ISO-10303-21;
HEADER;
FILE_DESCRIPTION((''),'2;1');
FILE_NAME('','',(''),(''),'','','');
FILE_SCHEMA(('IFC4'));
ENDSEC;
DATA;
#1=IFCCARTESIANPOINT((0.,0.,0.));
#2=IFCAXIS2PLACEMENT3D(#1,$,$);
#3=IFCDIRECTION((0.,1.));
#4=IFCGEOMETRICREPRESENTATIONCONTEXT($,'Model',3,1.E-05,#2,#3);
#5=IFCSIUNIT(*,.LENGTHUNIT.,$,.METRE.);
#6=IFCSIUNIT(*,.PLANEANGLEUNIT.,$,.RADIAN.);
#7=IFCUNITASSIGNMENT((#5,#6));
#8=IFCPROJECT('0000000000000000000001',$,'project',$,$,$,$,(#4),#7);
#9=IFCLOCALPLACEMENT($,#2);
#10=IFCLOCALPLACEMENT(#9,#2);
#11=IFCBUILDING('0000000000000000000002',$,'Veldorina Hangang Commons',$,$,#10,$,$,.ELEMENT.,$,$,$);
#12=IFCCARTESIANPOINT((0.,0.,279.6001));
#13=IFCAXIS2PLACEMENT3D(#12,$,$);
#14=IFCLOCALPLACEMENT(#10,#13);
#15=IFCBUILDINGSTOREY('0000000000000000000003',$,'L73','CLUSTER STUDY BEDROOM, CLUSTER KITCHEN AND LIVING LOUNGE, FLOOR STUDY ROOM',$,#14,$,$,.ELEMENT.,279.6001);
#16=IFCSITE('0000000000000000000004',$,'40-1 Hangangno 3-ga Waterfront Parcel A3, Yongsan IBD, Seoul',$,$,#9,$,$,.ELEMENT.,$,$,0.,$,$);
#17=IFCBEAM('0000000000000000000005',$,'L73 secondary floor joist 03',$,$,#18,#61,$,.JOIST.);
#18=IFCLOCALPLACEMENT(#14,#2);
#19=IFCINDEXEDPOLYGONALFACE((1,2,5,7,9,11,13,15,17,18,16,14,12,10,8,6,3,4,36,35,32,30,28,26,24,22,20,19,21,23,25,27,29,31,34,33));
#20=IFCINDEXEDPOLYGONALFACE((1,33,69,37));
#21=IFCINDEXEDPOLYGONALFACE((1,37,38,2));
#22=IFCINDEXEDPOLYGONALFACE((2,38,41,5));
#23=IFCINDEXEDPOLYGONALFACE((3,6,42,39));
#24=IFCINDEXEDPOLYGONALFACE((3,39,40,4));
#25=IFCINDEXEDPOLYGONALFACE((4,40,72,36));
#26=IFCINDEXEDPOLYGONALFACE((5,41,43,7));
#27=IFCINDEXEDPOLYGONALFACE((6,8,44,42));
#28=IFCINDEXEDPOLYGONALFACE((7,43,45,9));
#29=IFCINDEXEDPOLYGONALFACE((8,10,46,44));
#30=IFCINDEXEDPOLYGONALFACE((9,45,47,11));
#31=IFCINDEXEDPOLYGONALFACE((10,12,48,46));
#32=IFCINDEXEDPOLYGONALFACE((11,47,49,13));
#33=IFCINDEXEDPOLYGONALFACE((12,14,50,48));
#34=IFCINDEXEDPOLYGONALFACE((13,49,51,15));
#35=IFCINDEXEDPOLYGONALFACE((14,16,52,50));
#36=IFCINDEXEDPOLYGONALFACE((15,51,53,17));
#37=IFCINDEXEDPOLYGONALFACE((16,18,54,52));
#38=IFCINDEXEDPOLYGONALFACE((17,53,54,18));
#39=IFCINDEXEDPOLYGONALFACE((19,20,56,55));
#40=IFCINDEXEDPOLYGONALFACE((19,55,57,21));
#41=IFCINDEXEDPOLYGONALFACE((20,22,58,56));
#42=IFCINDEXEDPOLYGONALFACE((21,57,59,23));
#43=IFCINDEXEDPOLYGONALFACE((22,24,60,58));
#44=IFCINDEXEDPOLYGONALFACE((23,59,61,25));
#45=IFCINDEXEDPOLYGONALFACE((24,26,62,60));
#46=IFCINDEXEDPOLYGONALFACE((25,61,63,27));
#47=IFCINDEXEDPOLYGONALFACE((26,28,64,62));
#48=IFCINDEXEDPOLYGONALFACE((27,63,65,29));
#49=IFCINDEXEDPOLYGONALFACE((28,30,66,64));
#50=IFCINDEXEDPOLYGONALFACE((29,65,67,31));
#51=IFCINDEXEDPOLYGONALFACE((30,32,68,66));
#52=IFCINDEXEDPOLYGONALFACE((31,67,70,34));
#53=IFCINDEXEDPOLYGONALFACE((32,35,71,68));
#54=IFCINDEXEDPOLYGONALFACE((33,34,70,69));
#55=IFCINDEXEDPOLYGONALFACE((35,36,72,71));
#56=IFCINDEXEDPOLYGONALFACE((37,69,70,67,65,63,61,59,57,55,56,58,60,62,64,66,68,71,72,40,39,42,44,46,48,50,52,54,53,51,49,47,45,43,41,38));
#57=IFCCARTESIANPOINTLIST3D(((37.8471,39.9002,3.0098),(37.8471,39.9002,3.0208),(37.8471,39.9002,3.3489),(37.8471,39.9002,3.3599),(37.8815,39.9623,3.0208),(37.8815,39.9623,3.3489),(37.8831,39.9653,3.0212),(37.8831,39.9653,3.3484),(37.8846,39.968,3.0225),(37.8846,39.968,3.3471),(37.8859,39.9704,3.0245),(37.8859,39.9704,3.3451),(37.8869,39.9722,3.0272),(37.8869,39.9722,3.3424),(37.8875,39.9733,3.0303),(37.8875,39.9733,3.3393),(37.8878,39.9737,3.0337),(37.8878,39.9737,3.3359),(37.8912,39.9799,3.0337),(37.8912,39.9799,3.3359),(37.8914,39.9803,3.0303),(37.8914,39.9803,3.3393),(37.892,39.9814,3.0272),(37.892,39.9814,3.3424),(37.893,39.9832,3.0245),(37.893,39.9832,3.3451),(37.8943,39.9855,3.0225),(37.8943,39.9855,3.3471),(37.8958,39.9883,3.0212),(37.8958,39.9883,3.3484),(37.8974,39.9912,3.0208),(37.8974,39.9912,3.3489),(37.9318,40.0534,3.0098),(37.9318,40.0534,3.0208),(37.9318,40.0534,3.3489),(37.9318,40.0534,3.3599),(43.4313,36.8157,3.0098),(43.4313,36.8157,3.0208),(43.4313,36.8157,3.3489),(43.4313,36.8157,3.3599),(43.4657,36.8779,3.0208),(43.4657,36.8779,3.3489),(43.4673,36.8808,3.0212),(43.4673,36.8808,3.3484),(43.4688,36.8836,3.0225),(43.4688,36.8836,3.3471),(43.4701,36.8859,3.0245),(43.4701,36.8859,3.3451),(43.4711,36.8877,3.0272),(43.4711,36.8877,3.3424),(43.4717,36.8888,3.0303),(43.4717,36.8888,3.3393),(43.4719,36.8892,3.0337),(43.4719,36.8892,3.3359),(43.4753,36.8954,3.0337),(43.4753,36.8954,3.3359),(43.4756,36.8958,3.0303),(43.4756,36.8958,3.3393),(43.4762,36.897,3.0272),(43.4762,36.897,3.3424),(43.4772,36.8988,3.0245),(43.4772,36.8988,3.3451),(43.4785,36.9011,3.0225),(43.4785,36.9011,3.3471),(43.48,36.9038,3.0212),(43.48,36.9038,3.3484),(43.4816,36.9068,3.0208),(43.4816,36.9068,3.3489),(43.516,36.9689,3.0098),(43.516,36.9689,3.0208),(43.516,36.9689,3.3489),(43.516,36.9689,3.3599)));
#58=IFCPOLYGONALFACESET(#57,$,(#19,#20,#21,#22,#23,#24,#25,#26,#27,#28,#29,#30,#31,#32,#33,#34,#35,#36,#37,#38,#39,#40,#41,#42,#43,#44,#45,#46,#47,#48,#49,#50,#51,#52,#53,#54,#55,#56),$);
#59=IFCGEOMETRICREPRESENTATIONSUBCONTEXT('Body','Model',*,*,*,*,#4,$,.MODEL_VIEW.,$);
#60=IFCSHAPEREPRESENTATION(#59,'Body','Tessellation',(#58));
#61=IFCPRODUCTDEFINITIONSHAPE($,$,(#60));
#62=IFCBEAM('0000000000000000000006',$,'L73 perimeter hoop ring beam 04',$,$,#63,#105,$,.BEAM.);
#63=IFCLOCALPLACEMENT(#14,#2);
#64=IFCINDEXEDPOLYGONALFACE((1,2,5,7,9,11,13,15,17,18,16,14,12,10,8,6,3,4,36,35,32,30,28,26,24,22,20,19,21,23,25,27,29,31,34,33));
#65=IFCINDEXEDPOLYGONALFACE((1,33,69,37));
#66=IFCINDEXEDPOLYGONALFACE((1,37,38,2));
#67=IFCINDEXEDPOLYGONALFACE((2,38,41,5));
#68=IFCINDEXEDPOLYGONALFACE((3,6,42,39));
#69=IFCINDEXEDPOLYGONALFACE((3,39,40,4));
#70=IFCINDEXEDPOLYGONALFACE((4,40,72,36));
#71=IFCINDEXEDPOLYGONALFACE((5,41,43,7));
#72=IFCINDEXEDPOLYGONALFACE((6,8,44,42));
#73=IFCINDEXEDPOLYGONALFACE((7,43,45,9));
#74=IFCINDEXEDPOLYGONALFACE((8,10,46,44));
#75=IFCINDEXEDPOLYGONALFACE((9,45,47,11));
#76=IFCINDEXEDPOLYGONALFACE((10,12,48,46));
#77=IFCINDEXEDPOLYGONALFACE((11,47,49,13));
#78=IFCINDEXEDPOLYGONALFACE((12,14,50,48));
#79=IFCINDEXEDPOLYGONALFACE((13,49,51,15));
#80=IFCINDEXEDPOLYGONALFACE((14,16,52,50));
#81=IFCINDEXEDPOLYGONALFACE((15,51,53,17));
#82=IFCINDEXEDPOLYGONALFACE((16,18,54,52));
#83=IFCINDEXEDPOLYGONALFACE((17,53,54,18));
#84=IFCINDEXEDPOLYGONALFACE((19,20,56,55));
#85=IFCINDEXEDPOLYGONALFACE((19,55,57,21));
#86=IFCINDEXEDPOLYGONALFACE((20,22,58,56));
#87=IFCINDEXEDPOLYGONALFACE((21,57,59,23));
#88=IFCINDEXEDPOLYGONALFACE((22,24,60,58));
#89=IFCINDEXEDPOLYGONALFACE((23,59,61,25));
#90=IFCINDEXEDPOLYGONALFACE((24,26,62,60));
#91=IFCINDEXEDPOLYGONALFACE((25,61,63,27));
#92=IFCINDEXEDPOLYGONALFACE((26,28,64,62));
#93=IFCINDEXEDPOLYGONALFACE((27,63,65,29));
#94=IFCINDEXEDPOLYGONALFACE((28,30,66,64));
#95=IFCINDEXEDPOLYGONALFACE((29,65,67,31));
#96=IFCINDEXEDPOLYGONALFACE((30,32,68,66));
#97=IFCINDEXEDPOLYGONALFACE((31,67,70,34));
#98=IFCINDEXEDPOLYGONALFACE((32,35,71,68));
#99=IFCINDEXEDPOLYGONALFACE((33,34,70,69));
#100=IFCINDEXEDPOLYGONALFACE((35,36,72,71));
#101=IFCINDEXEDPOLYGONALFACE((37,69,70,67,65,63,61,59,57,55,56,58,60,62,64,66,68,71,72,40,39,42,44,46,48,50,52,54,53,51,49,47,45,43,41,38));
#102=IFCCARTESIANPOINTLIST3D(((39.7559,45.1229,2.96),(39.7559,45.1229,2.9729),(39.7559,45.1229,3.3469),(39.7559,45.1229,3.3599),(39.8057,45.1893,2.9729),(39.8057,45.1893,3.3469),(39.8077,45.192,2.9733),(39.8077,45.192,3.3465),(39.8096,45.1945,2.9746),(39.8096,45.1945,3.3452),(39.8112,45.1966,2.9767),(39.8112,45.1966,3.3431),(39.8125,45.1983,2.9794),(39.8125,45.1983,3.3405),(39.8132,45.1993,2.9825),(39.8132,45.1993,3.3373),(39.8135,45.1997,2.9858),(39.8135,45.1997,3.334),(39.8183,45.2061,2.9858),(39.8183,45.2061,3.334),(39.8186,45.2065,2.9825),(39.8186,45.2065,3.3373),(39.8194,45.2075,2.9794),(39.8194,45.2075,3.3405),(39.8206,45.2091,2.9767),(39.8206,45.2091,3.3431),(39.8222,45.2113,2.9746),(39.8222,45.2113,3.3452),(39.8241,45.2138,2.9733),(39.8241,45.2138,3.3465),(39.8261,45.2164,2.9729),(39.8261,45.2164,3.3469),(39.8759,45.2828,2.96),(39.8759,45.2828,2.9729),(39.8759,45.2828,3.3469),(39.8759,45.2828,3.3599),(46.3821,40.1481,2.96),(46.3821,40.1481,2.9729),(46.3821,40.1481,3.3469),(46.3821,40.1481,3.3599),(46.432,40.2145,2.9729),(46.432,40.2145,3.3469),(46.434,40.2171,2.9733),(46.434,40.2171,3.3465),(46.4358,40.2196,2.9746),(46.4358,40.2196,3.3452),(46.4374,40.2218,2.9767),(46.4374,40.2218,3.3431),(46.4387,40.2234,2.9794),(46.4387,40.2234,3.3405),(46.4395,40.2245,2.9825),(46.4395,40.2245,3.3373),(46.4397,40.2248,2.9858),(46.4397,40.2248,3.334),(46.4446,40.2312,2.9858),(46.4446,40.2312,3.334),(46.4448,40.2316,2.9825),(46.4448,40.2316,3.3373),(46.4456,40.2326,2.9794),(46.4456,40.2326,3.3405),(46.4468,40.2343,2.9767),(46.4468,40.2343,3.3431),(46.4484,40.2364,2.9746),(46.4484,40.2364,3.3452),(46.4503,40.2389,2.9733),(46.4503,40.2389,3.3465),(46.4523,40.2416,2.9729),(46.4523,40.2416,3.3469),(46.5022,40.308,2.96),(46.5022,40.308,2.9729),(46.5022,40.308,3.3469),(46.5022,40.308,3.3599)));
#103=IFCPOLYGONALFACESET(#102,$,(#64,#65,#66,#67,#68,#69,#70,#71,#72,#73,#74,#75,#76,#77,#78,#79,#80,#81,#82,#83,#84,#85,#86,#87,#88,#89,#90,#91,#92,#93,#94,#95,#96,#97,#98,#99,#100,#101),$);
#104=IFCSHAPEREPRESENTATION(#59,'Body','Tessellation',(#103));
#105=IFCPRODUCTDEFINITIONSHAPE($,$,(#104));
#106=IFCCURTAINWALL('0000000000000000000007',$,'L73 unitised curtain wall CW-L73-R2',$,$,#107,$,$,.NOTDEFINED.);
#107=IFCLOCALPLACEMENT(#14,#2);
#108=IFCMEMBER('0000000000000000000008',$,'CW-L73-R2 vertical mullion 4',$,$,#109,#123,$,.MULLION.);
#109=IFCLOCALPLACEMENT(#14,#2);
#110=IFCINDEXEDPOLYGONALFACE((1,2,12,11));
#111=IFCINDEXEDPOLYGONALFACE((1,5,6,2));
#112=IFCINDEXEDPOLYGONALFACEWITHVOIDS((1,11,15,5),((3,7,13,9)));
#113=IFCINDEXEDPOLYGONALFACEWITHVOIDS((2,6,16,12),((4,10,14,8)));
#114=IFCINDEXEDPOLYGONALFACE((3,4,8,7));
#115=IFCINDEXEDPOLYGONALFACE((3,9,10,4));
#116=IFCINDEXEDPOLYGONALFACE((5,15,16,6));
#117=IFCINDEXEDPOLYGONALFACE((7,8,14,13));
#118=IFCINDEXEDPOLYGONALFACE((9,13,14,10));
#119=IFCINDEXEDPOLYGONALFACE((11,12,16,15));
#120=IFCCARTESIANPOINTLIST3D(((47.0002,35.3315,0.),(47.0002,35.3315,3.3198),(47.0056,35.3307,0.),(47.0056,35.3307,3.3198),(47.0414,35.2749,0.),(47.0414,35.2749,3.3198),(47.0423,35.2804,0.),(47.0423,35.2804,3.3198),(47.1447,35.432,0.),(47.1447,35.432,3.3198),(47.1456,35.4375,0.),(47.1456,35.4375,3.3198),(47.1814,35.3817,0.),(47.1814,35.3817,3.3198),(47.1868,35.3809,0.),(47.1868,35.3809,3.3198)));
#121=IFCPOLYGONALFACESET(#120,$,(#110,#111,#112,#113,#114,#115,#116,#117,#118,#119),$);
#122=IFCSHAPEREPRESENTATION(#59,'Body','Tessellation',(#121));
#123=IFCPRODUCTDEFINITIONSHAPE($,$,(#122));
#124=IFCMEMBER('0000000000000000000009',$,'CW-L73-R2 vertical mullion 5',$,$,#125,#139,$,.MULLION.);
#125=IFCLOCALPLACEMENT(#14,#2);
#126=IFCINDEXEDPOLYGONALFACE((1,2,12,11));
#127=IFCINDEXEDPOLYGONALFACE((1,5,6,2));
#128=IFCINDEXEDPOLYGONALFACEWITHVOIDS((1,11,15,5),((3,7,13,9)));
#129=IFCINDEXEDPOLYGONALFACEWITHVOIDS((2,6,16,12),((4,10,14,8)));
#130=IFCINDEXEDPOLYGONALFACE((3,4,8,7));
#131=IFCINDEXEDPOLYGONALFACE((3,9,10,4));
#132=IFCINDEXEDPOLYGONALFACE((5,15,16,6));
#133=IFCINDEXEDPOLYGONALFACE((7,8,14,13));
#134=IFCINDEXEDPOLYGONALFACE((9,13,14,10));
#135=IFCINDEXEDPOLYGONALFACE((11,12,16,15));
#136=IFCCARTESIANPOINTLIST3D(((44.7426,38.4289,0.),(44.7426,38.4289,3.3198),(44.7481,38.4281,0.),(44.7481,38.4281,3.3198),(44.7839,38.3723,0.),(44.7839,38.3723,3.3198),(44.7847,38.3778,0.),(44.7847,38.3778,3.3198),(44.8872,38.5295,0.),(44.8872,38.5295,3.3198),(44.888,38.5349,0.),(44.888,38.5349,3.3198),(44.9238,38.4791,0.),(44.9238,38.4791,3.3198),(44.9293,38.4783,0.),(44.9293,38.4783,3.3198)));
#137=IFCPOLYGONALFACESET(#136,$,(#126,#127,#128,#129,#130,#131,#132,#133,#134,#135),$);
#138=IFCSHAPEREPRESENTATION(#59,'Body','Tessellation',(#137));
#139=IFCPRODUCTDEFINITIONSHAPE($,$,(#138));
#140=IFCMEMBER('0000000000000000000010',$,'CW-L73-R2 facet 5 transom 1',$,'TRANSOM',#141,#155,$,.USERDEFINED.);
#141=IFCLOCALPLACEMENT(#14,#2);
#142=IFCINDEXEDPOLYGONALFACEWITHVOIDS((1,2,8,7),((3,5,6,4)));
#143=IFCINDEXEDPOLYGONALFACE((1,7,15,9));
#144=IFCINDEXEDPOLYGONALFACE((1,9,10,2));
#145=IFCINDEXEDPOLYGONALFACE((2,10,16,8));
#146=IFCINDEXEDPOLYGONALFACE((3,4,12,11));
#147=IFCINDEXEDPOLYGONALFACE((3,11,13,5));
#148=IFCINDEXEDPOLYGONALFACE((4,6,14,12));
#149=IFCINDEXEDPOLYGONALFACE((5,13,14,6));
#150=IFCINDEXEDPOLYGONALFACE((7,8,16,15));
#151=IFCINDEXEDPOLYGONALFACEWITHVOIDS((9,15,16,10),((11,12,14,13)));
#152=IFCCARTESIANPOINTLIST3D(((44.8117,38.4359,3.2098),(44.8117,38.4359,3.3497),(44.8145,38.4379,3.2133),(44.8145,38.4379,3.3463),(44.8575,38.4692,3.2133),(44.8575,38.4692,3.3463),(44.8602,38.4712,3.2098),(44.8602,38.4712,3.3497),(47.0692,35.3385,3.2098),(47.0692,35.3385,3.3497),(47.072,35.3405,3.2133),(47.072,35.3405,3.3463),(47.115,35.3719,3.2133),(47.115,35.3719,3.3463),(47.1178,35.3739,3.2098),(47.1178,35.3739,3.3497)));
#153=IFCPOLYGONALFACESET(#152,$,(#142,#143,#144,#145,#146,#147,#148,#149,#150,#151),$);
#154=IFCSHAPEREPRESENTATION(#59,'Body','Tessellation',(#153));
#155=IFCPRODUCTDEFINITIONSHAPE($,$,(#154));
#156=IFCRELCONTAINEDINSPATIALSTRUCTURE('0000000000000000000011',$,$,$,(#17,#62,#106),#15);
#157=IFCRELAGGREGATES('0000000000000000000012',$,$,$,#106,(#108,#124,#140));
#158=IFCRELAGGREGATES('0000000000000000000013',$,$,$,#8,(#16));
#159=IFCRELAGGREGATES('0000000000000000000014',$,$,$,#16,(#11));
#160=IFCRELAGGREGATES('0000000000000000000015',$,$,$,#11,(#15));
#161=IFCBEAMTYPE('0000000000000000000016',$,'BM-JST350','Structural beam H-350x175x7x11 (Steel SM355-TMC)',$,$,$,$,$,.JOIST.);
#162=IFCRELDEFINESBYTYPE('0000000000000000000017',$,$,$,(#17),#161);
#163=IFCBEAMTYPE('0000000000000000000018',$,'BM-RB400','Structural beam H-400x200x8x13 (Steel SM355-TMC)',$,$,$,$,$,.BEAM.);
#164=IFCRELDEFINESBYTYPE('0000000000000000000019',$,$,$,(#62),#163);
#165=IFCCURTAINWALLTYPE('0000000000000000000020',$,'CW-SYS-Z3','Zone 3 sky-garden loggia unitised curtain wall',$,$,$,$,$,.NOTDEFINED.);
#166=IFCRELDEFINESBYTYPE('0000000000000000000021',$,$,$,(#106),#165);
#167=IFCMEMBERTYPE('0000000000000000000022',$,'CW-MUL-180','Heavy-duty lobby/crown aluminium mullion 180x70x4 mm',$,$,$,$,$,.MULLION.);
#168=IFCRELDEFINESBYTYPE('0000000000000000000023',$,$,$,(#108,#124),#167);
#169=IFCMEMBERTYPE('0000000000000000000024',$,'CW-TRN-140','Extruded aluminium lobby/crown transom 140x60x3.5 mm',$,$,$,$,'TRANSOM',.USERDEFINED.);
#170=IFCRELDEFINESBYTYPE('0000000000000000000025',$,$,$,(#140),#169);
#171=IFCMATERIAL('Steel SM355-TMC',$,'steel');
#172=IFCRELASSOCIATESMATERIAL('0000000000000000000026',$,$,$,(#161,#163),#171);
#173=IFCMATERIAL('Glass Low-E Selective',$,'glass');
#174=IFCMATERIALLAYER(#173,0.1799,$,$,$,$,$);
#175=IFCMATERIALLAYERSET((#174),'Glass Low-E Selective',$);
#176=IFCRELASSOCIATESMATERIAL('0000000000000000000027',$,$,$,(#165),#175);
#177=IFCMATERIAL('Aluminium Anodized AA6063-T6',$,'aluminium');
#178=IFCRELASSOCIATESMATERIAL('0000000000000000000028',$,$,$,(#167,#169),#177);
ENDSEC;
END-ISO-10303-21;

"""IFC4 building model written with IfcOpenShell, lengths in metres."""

from ifc_helpers import new_model, si_unit, direction, frame, origin, origin_2d, place, context, subcontext, project, spatial, hollow_rectangle, i_section, extrude, material, layer, layer_set, material_profile, profile_set, type_object, element, aggregate, save


model = new_model("IFC4")

# Units and contexts
model_context = context("Model", 3, precision=1e-05, world=origin(), true_north=direction((0.0, 1.0)))
body_context = subcontext(model_context, "Body", "Model", "MODEL_VIEW")
ifc_project = project(units=[si_unit("LENGTHUNIT", "METRE"), si_unit("PLANEANGLEUNIT", "RADIAN")], contexts=[model_context])

# Site, building, storey
site_placement = place(None, origin())
site = spatial("IfcSite", under=ifc_project, at=site_placement, Name="40-1 Hangangno 3-ga Waterfront Parcel A3, Yongsan IBD, Seoul", CompositionType="ELEMENT", RefElevation=0.0)
building_placement = place(site_placement, origin())
building = spatial("IfcBuilding", under=site, at=building_placement, Name="Veldorina Hangang Commons", CompositionType="ELEMENT")
storey_placement = place(building_placement, frame((0.0, 0.0, 279.6001)))
storey = spatial("IfcBuildingStorey", under=building, at=storey_placement, Name="L73", Description="CLUSTER STUDY BEDROOM, CLUSTER KITCHEN AND LIVING LOUNGE, FLOOR STUDY ROOM", CompositionType="ELEMENT", Elevation=279.6001)

# Beams
ifc_material_1 = material(Name="Steel SM355-TMC", Category="steel")
ifc_material_profile_1 = material_profile(ifc_material_1, i_section(OverallWidth=0.175, OverallDepth=0.3501, WebThickness=0.0071, FlangeThickness=0.011, FilletRadius=0.0129, at=origin_2d()), Name="H-350x175x7x11")
ifc_profile_set_1 = profile_set([ifc_material_profile_1], Name="Steel SM355-TMC")
beam_type_1 = type_object("IfcBeamType", Name="BM-JST350", Description="Structural beam H-350x175x7x11 (Steel SM355-TMC)", PredefinedType="JOIST", material=ifc_profile_set_1)
beam_1_placement = place(storey_placement, frame((43.4736, 36.8923, 3.1848), z_axis=(-0.875344, 0.4835, 0.0), x_axis=(-0.4835, -0.875344, 0.0)))
element("IfcBeam", 1, at=beam_1_placement, inside=storey, type_object=beam_type_1, Name="L73 secondary floor joist 03", PredefinedType="JOIST", context=body_context, shape_type="SweptSolid", body=[
    extrude(i_section(OverallWidth=0.175, OverallDepth=0.3501, WebThickness=0.0071, FlangeThickness=0.011, FilletRadius=0.0129, at=origin_2d()), origin(), (0.0, 0.0, 1.0), 6.3794),
])
ifc_material_profile_2 = material_profile(ifc_material_1, i_section(OverallWidth=0.2, OverallDepth=0.3999, WebThickness=0.0081, FlangeThickness=0.0129, FilletRadius=0.0129, at=origin_2d()), Name="H-400x200x8x13")
ifc_profile_set_2 = profile_set([ifc_material_profile_2], Name="Steel SM355-TMC")
beam_type_2 = type_object("IfcBeamType", Name="BM-RB400", Description="Structural beam H-400x200x8x13 (Steel SM355-TMC)", PredefinedType="BEAM", material=ifc_profile_set_2)
beam_2_placement = place(storey_placement, frame((46.4421, 40.228, 3.1599), z_axis=(-0.799699, 0.600401, 0.0), x_axis=(-0.600401, -0.799699, 0.0)))
element("IfcBeam", 2, at=beam_2_placement, inside=storey, type_object=beam_type_2, Name="L73 perimeter hoop ring beam 04", PredefinedType="BEAM", context=body_context, shape_type="SweptSolid", body=[
    extrude(i_section(OverallWidth=0.2, OverallDepth=0.3999, WebThickness=0.0081, FlangeThickness=0.0129, FilletRadius=0.0129, at=origin_2d()), origin(), (0.0, 0.0, 1.0), 8.2859),
])

# Curtain wall, members
ifc_material_2 = material(Name="Glass Low-E Selective", Category="glass")
ifc_layer_1 = layer(ifc_material_2, 0.1799)
ifc_layer_set_1 = layer_set([ifc_layer_1], Name="Glass Low-E Selective")
curtain_wall_type = type_object("IfcCurtainWallType", Name="CW-SYS-Z3", Description="Zone 3 sky-garden loggia unitised curtain wall", PredefinedType="NOTDEFINED", material=ifc_layer_set_1)
curtain_wall_placement = place(storey_placement, origin())
curtain_wall = element("IfcCurtainWall", 3, at=curtain_wall_placement, inside=storey, type_object=curtain_wall_type, Name="L73 unitised curtain wall CW-L73-R2", PredefinedType="NOTDEFINED")
ifc_material_3 = material(Name="Aluminium Anodized AA6063-T6", Category="aluminium")
ifc_material_profile_3 = material_profile(ifc_material_3, hollow_rectangle(XDim=0.0701, YDim=0.1799, WallThickness=0.0039, at=origin_2d()), Name="ALU-RHS-180x70x4")
ifc_profile_set_3 = profile_set([ifc_material_profile_3], Name="Aluminium Anodized AA6063-T6")
member_type_1 = type_object("IfcMemberType", Name="CW-MUL-180", Description="Heavy-duty lobby/crown aluminium mullion 180x70x4 mm", PredefinedType="MULLION", material=ifc_profile_set_3)
member_1_placement = place(storey_placement, frame((47.0935, 35.3562, 0.0), z_axis=(0.0, 0.0, 1.0), x_axis=(-0.588985, 0.808144, 0.0)))
member_1 = element("IfcMember", 4, at=member_1_placement, type_object=member_type_1, Name="CW-L73-R2 vertical mullion 4", PredefinedType="MULLION", context=body_context, shape_type="SweptSolid", body=[
    extrude(hollow_rectangle(XDim=0.0701, YDim=0.1799, WallThickness=0.0039, at=origin_2d()), origin(), (0.0, 0.0, 1.0), 3.3198),
])
member_2_placement = place(storey_placement, frame((44.8359, 38.4536, 0.0), z_axis=(0.0, 0.0, 1.0), x_axis=(0.588985, -0.808144, 0.0)))
member_2 = element("IfcMember", 5, at=member_2_placement, type_object=member_type_1, Name="CW-L73-R2 vertical mullion 5", PredefinedType="MULLION", context=body_context, shape_type="SweptSolid", body=[
    extrude(hollow_rectangle(XDim=0.0701, YDim=0.1799, WallThickness=0.0039, at=origin_2d()), origin(), (0.0, 0.0, 1.0), 3.3198),
])
ifc_material_profile_4 = material_profile(ifc_material_3, hollow_rectangle(XDim=0.0601, YDim=0.1399, WallThickness=0.0034, at=origin_2d()), Name="ALU-RHS-140x60x3.5")
ifc_profile_set_4 = profile_set([ifc_material_profile_4], Name="Aluminium Anodized AA6063-T6")
member_type_2 = type_object("IfcMemberType", Name="CW-TRN-140", Description="Extruded aluminium lobby/crown transom 140x60x3.5 mm", ElementType="TRANSOM", PredefinedType="USERDEFINED", material=ifc_profile_set_4)
member_3_placement = place(storey_placement, frame((47.0935, 35.3562, 3.2798), z_axis=(-0.589008, 0.808127, 0.0), x_axis=(-0.808127, -0.589008, 0.0)))
member_3 = element("IfcMember", 6, at=member_3_placement, type_object=member_type_2, Name="CW-L73-R2 facet 5 transom 1", ObjectType="TRANSOM", PredefinedType="USERDEFINED", context=body_context, shape_type="SweptSolid", body=[
    extrude(hollow_rectangle(XDim=0.0601, YDim=0.1399, WallThickness=0.0034, at=origin_2d()), origin(), (0.0, 0.0, 1.0), 3.8328),
])

aggregate(curtain_wall, [member_1, member_2, member_3])

save(model, "model.ifc")
